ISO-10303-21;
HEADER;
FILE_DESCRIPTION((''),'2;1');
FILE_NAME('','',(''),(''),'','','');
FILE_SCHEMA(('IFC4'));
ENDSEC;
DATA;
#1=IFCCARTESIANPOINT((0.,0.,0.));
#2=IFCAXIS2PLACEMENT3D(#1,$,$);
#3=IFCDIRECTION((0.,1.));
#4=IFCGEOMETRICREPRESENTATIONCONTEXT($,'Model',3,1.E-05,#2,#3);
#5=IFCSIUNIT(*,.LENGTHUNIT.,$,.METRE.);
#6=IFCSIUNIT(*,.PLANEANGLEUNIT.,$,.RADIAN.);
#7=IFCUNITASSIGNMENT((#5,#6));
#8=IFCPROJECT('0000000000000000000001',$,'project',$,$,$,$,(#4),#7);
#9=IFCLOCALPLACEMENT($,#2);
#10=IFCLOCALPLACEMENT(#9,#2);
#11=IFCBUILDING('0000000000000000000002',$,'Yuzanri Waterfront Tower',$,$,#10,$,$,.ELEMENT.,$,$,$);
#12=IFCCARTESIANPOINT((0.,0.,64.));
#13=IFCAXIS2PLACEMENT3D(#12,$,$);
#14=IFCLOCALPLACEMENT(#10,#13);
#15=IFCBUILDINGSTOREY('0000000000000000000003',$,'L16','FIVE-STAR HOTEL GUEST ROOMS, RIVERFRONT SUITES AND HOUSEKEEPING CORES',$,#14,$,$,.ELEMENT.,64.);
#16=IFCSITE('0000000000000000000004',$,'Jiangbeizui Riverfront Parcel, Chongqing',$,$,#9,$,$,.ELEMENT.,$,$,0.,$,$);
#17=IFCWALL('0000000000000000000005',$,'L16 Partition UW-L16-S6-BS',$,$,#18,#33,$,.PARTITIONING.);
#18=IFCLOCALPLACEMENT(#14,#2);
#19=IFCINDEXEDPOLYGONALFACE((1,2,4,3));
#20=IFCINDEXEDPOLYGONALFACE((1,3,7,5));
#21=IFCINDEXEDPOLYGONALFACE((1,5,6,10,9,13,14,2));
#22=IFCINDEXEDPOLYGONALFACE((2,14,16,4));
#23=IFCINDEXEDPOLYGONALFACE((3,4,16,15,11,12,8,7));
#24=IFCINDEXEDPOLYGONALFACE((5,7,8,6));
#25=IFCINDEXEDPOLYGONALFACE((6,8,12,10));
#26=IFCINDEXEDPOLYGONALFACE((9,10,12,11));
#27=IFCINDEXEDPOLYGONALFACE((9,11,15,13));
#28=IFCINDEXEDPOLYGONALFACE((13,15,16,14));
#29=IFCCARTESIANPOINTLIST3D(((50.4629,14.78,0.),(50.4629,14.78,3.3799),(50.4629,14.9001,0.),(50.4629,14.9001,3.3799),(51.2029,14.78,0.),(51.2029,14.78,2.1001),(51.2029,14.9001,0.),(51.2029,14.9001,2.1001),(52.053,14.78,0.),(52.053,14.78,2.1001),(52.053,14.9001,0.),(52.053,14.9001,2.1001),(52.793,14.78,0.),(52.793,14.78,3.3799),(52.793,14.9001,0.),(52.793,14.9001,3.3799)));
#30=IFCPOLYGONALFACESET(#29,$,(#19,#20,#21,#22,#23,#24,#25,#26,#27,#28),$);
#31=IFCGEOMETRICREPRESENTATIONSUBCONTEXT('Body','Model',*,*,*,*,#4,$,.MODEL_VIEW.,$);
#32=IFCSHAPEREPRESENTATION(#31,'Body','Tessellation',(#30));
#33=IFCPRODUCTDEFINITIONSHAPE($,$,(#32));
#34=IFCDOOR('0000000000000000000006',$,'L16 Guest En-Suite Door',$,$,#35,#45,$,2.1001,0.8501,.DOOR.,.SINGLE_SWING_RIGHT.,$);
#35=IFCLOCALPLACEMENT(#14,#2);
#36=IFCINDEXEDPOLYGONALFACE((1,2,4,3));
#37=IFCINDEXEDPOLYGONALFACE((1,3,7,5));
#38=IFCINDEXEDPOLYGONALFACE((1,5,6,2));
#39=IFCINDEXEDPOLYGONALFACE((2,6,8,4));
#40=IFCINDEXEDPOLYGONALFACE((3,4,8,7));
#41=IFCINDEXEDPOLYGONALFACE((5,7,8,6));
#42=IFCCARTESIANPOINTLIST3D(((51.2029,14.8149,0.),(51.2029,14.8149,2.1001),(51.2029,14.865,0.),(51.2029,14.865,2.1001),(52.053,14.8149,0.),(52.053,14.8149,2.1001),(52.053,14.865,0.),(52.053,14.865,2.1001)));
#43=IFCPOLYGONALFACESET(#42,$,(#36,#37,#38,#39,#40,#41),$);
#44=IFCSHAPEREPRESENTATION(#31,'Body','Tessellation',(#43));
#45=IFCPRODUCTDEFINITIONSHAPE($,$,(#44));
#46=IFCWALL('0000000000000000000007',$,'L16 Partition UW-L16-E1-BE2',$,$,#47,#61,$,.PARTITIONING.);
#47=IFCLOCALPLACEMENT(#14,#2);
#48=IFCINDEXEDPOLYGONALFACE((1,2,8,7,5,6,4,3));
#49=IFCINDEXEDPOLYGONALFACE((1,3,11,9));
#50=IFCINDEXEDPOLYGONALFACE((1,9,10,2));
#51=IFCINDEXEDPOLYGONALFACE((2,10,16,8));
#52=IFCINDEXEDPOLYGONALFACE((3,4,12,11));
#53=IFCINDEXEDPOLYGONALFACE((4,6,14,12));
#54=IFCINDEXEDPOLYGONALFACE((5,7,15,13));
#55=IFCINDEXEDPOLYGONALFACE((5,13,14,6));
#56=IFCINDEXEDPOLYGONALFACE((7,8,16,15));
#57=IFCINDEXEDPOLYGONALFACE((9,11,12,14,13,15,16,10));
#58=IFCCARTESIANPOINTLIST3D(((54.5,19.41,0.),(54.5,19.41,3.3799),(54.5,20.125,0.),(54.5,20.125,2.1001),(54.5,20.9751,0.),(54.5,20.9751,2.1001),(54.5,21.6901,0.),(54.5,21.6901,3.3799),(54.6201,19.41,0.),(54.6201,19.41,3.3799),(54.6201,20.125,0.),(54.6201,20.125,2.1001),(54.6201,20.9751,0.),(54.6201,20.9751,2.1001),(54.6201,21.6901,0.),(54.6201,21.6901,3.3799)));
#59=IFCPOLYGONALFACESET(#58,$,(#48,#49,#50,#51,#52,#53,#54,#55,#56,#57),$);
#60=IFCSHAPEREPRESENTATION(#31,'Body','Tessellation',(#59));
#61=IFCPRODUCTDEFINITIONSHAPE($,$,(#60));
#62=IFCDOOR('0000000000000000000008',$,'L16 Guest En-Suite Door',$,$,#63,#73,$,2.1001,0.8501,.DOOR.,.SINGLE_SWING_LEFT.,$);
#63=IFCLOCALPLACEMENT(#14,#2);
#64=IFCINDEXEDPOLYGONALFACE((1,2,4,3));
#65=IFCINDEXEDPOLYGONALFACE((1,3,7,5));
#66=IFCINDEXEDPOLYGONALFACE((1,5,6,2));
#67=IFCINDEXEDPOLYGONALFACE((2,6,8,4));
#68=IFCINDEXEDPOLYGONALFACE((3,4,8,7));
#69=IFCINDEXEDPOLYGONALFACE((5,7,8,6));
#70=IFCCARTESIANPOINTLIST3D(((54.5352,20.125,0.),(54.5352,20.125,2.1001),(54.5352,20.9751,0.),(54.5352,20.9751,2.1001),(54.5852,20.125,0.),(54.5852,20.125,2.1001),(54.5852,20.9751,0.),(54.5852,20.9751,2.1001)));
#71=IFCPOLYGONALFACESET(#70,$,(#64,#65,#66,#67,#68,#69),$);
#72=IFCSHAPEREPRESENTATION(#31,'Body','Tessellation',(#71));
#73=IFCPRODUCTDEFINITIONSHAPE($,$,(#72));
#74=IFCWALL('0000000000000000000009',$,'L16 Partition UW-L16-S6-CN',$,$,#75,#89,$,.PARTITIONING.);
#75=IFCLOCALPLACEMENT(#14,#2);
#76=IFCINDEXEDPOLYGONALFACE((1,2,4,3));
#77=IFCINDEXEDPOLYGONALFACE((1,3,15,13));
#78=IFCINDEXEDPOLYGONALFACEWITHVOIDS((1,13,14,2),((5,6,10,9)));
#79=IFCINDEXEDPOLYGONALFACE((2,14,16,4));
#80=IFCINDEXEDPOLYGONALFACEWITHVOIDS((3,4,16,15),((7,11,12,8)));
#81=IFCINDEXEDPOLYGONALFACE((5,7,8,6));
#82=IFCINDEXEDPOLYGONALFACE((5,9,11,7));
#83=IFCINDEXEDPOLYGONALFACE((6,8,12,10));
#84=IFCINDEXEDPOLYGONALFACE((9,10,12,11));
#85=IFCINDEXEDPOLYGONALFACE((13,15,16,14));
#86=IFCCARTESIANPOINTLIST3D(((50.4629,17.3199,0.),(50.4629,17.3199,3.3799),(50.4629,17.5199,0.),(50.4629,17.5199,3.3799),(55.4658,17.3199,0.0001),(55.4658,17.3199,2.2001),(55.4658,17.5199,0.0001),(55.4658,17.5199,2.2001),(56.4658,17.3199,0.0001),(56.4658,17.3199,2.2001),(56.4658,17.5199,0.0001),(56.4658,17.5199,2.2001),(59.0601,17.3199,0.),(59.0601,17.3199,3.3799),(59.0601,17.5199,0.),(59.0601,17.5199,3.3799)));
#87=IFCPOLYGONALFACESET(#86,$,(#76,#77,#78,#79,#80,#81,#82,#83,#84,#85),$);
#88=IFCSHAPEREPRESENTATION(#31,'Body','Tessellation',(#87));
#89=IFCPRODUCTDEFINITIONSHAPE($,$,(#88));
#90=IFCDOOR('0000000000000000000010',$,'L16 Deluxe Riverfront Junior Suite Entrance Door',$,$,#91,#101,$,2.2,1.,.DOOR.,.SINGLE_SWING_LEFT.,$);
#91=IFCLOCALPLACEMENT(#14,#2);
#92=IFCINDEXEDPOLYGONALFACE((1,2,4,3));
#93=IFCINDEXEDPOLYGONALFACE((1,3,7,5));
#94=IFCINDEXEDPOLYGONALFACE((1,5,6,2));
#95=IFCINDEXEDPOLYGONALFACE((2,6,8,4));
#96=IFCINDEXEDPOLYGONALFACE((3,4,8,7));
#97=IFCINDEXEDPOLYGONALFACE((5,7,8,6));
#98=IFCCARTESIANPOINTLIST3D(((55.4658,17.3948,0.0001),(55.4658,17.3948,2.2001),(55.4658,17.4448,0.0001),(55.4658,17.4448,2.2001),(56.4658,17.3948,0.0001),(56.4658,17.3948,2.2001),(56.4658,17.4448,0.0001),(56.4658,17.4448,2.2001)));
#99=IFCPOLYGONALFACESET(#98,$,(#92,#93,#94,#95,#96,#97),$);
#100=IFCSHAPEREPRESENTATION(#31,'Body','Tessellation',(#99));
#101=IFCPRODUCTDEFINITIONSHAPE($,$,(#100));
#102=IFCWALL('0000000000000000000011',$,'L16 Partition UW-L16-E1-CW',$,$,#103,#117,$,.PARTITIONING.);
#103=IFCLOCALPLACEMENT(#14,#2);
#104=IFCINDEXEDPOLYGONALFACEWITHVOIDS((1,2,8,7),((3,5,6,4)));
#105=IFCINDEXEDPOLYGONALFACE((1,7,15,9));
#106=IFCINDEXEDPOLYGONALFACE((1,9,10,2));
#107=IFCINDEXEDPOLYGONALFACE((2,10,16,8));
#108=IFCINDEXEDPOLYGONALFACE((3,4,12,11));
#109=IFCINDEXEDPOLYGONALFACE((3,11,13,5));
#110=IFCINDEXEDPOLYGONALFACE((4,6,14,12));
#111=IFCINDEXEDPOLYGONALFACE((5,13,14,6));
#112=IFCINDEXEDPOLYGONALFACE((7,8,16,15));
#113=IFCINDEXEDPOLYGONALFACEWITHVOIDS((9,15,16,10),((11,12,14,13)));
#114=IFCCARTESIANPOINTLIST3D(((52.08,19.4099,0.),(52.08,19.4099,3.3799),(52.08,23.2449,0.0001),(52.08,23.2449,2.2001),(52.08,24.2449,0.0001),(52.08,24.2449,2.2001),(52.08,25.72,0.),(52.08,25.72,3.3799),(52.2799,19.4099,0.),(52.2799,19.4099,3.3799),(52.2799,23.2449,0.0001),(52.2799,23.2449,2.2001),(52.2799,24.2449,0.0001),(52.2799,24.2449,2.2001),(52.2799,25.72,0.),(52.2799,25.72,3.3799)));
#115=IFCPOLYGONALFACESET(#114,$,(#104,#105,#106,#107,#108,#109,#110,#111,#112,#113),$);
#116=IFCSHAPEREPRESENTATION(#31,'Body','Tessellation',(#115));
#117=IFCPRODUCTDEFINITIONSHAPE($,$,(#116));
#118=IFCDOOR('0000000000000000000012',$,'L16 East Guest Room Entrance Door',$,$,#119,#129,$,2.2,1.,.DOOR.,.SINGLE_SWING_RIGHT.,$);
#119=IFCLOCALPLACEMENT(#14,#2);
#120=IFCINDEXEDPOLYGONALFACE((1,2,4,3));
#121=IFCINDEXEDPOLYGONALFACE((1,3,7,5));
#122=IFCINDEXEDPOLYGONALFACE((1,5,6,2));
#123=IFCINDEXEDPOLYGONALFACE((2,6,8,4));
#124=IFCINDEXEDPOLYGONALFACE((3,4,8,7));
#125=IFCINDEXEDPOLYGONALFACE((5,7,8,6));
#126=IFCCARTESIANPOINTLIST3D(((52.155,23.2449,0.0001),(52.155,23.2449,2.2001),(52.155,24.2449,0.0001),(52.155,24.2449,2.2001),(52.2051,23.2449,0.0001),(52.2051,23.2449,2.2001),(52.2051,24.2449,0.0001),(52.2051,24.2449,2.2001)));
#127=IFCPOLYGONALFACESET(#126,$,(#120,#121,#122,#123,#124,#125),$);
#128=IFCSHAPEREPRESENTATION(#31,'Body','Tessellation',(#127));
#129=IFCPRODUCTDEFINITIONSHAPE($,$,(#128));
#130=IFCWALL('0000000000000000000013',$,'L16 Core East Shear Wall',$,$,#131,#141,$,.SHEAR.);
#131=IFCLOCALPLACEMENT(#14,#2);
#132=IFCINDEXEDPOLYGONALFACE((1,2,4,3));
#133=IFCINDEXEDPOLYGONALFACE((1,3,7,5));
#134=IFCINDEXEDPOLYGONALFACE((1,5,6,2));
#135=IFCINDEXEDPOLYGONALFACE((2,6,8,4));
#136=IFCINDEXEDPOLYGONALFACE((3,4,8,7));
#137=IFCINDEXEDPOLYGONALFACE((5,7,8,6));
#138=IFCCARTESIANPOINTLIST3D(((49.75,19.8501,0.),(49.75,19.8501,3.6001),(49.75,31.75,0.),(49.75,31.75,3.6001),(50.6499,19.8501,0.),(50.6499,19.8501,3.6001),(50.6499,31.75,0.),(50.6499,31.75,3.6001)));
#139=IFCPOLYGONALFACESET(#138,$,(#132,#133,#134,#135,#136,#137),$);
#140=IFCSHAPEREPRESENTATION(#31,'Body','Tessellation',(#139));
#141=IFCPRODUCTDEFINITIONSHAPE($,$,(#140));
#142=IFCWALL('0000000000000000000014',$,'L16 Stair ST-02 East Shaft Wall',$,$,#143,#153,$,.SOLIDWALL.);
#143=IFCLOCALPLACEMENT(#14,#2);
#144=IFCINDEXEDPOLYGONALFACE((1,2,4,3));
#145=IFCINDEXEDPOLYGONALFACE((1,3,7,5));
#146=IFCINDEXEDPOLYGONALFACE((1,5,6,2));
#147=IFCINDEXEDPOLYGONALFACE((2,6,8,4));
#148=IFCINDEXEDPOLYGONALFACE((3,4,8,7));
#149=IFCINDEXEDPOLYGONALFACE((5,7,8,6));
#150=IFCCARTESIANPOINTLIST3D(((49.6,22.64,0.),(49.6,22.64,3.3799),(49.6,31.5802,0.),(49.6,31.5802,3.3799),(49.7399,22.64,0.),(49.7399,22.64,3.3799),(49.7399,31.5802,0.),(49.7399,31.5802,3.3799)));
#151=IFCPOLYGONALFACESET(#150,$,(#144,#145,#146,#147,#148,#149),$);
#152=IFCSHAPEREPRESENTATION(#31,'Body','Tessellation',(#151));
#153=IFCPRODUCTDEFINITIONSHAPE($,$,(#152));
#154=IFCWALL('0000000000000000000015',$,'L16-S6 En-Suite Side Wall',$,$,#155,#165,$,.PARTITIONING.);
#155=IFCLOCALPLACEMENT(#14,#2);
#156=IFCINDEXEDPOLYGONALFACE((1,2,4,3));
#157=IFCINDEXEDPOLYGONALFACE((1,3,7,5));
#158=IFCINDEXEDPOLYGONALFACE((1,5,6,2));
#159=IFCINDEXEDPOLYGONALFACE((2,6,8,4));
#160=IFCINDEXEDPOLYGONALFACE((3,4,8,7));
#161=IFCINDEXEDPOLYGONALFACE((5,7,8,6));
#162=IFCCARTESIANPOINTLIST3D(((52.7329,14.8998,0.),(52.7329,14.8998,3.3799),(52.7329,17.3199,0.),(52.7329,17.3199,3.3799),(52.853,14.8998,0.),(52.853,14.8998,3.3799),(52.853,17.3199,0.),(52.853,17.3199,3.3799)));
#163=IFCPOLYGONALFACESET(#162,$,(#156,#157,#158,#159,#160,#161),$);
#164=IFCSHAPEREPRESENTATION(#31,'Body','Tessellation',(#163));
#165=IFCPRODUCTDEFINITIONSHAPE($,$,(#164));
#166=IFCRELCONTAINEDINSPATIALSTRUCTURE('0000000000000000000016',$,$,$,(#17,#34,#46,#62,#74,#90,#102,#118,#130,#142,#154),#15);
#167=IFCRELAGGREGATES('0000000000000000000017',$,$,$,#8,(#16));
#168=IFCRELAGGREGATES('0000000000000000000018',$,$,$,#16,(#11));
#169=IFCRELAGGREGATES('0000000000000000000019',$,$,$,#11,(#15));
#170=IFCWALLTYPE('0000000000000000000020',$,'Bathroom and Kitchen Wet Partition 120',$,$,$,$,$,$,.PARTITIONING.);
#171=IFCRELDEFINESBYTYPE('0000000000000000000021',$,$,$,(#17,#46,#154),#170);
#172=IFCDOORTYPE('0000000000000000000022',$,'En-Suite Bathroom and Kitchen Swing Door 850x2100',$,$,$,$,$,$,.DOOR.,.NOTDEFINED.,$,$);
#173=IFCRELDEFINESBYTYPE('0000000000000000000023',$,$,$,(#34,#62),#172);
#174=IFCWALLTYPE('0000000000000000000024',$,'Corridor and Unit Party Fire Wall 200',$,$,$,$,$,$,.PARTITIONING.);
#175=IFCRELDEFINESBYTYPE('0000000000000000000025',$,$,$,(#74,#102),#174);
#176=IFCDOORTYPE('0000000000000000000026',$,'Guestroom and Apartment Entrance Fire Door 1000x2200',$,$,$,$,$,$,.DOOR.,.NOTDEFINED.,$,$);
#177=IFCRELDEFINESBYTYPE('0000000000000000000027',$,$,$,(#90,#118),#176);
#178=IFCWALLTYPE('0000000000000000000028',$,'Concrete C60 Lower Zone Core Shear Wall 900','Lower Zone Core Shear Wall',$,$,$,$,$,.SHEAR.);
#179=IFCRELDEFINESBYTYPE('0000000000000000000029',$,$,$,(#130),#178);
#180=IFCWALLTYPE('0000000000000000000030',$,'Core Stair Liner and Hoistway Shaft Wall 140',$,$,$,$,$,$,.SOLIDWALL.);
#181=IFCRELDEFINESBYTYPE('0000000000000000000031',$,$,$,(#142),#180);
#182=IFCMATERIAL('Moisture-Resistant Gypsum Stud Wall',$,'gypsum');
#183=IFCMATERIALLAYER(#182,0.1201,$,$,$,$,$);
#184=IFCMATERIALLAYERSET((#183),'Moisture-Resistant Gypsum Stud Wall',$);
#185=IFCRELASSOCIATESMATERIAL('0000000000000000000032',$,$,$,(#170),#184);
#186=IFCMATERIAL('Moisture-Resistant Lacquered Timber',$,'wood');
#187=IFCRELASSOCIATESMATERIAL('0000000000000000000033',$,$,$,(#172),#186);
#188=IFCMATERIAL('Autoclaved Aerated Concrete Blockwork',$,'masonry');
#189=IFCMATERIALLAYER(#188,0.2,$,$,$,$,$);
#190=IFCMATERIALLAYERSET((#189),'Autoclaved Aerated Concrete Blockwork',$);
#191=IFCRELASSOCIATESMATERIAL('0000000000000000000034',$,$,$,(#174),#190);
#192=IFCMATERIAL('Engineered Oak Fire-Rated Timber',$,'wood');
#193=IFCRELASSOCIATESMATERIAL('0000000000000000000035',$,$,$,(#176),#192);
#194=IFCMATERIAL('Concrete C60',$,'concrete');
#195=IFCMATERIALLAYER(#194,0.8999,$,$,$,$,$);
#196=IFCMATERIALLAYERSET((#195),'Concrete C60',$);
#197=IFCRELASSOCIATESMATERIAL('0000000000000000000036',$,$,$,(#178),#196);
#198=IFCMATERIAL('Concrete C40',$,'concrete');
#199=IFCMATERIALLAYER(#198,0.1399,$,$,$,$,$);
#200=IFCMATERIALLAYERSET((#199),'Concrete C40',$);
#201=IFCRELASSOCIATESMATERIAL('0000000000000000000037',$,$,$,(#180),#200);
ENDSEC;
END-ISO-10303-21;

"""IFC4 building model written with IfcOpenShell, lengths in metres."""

from ifc_helpers import new_model, si_unit, direction, frame, frame_2d, origin, place, context, subcontext, project, spatial, rectangle, extrude, source, transform, mapped, material, layer, layer_set, type_object, element, fill, save


model = new_model("IFC4")

# Units and contexts
model_context = context("Model", 3, precision=1e-05, world=origin(), true_north=direction((0.0, 1.0)))
body_context = subcontext(model_context, "Body", "Model", "MODEL_VIEW")
ifc_project = project(units=[si_unit("LENGTHUNIT", "METRE"), si_unit("PLANEANGLEUNIT", "RADIAN")], contexts=[model_context])

# Site, building, storey
site_placement = place(None, origin())
site = spatial("IfcSite", under=ifc_project, at=site_placement, Name="Jiangbeizui Riverfront Parcel, Chongqing", CompositionType="ELEMENT", RefElevation=0.0)
building_placement = place(site_placement, origin())
building = spatial("IfcBuilding", under=site, at=building_placement, Name="Yuzanri Waterfront Tower", CompositionType="ELEMENT")
storey_placement = place(building_placement, frame((0.0, 0.0, 64.0)))
storey = spatial("IfcBuildingStorey", under=building, at=storey_placement, Name="L16", Description="FIVE-STAR HOTEL GUEST ROOMS, RIVERFRONT SUITES AND HOUSEKEEPING CORES", CompositionType="ELEMENT", Elevation=64.0)

# Walls, openings, doors
ifc_material_1 = material(Name="Moisture-Resistant Gypsum Stud Wall", Category="gypsum")
ifc_layer_1 = layer(ifc_material_1, 0.1201)
ifc_layer_set_1 = layer_set([ifc_layer_1], Name="Moisture-Resistant Gypsum Stud Wall")
wall_type_1 = type_object("IfcWallType", Name="Bathroom and Kitchen Wet Partition 120", PredefinedType="PARTITIONING", material=ifc_layer_set_1)
wall_1_placement = place(storey_placement, frame((50.4629, 14.8401, 0.0), z_axis=(0.0, 0.0, 1.0), x_axis=(1.0, 0.0, 0.0)))
wall_1 = element("IfcWall", 1, at=wall_1_placement, inside=storey, type_object=wall_type_1, Name="L16 Partition UW-L16-S6-BS", PredefinedType="PARTITIONING", context=body_context, shape_type="SweptSolid", body=[
    extrude(rectangle(XDim=2.3301, YDim=0.1201, at=frame_2d((1.165, 0.0))), origin(), (0.0, 0.0, 1.0), 3.3799),
])
opening_1_placement = place(wall_1_placement, frame((0.74, 0.0, 0.0)))
opening_1 = element("IfcOpeningElement", 2, at=opening_1_placement, cuts=wall_1, PredefinedType="OPENING", context=body_context, shape_type="SweptSolid", body=[
    extrude(rectangle(XDim=0.8501, YDim=2.1001, at=frame_2d((0.425, 1.05))), frame((0.0, 0.075, 0.0), z_axis=(0.0, -1.0, 0.0), x_axis=(1.0, 0.0, 0.0)), (0.0, 0.0, 1.0), 0.1499),
])
ifc_material_2 = material(Name="Moisture-Resistant Lacquered Timber", Category="wood")
door_type_1 = type_object("IfcDoorType", Name="En-Suite Bathroom and Kitchen Swing Door 850x2100", OperationType="NOTDEFINED", PredefinedType="DOOR", material=ifc_material_2)
shared_shape_1 = source(origin(), body_context, "Body", "SweptSolid", [
    extrude(rectangle(XDim=0.8501, YDim=2.1001, at=frame_2d((0.425, 1.05))), frame((0.0, 0.0249, 0.0), z_axis=(0.0, -1.0, 0.0), x_axis=(1.0, 0.0, 0.0)), (0.0, 0.0, 1.0), 0.05),
])
door_1_placement = place(opening_1_placement, origin())
door_1 = element("IfcDoor", 3, at=door_1_placement, inside=storey, type_object=door_type_1, Name="L16 Guest En-Suite Door", OperationType="SINGLE_SWING_RIGHT", OverallHeight=2.1001, OverallWidth=0.8501, PredefinedType="DOOR", context=body_context, shape_type="MappedRepresentation", body=[
    mapped(shared_shape_1, transform((0.0, 0.0, 0.0), scale=1.0)),
])
fill(opening_1, door_1)
wall_2_placement = place(storey_placement, frame((54.5601, 19.4099, 0.0), z_axis=(0.0, 0.0, 1.0), x_axis=(0.0, 1.0, 0.0)))
wall_2 = element("IfcWall", 4, at=wall_2_placement, inside=storey, type_object=wall_type_1, Name="L16 Partition UW-L16-E1-BE2", PredefinedType="PARTITIONING", context=body_context, shape_type="SweptSolid", body=[
    extrude(rectangle(XDim=2.28, YDim=0.1201, at=frame_2d((1.1401, 0.0))), origin(), (0.0, 0.0, 1.0), 3.3799),
])
opening_2_placement = place(wall_2_placement, frame((0.7151, 0.0, 0.0)))
opening_2 = element("IfcOpeningElement", 5, at=opening_2_placement, cuts=wall_2, PredefinedType="OPENING", context=body_context, shape_type="SweptSolid", body=[
    extrude(rectangle(XDim=0.8501, YDim=2.1001, at=frame_2d((0.425, 1.05))), frame((0.0, 0.075, 0.0), z_axis=(0.0, -1.0, 0.0), x_axis=(1.0, 0.0, 0.0)), (0.0, 0.0, 1.0), 0.1499),
])
door_2_placement = place(opening_2_placement, origin())
door_2 = element("IfcDoor", 6, at=door_2_placement, inside=storey, type_object=door_type_1, Name="L16 Guest En-Suite Door", OperationType="SINGLE_SWING_LEFT", OverallHeight=2.1001, OverallWidth=0.8501, PredefinedType="DOOR", context=body_context, shape_type="MappedRepresentation", body=[
    mapped(shared_shape_1, transform((0.0, 0.0, 0.0), scale=1.0)),
])
fill(opening_2, door_2)
ifc_material_3 = material(Name="Autoclaved Aerated Concrete Blockwork", Category="masonry")
ifc_layer_2 = layer(ifc_material_3, 0.2)
ifc_layer_set_2 = layer_set([ifc_layer_2], Name="Autoclaved Aerated Concrete Blockwork")
wall_type_2 = type_object("IfcWallType", Name="Corridor and Unit Party Fire Wall 200", PredefinedType="PARTITIONING", material=ifc_layer_set_2)
wall_3_placement = place(storey_placement, frame((50.4629, 17.4199, 0.0), z_axis=(0.0, 0.0, 1.0), x_axis=(1.0, 0.0, 0.0)))
wall_3 = element("IfcWall", 7, at=wall_3_placement, inside=storey, type_object=wall_type_2, Name="L16 Partition UW-L16-S6-CN", PredefinedType="PARTITIONING", context=body_context, shape_type="SweptSolid", body=[
    extrude(rectangle(XDim=8.5972, YDim=0.2, at=frame_2d((4.2986, 0.0))), origin(), (0.0, 0.0, 1.0), 3.3799),
])
opening_3_placement = place(wall_3_placement, frame((5.0029, 0.0, 0.0)))
opening_3 = element("IfcOpeningElement", 8, at=opening_3_placement, cuts=wall_3, PredefinedType="OPENING", context=body_context, shape_type="SweptSolid", body=[
    extrude(rectangle(XDim=1.0, YDim=2.2, at=frame_2d((0.5, 1.1001))), frame((0.0, 0.1147, 0.0), z_axis=(0.0, -1.0, 0.0), x_axis=(1.0, 0.0, 0.0)), (0.0, 0.0, 1.0), 0.2297),
])
ifc_material_4 = material(Name="Engineered Oak Fire-Rated Timber", Category="wood")
door_type_2 = type_object("IfcDoorType", Name="Guestroom and Apartment Entrance Fire Door 1000x2200", OperationType="NOTDEFINED", PredefinedType="DOOR", material=ifc_material_4)
shared_shape_2 = source(origin(), body_context, "Body", "SweptSolid", [
    extrude(rectangle(XDim=1.0, YDim=2.2, at=frame_2d((0.5, 1.1001))), frame((0.0, 0.0249, 0.0), z_axis=(0.0, -1.0, 0.0), x_axis=(1.0, 0.0, 0.0)), (0.0, 0.0, 1.0), 0.05),
])
door_3_placement = place(opening_3_placement, origin())
door_3 = element("IfcDoor", 9, at=door_3_placement, inside=storey, type_object=door_type_2, Name="L16 Deluxe Riverfront Junior Suite Entrance Door", OperationType="SINGLE_SWING_LEFT", OverallHeight=2.2, OverallWidth=1.0, PredefinedType="DOOR", context=body_context, shape_type="MappedRepresentation", body=[
    mapped(shared_shape_2, transform((0.0, 0.0, 0.0), scale=1.0)),
])
fill(opening_3, door_3)
wall_4_placement = place(storey_placement, frame((52.1799, 19.4099, 0.0), z_axis=(0.0, 0.0, 1.0), x_axis=(0.0, 1.0, 0.0)))
wall_4 = element("IfcWall", 10, at=wall_4_placement, inside=storey, type_object=wall_type_2, Name="L16 Partition UW-L16-E1-CW", PredefinedType="PARTITIONING", context=body_context, shape_type="SweptSolid", body=[
    extrude(rectangle(XDim=6.3101, YDim=0.2, at=frame_2d((3.155, 0.0))), origin(), (0.0, 0.0, 1.0), 3.3799),
])
opening_4_placement = place(wall_4_placement, frame((3.835, 0.0, 0.0)))
opening_4 = element("IfcOpeningElement", 11, at=opening_4_placement, cuts=wall_4, PredefinedType="OPENING", context=body_context, shape_type="SweptSolid", body=[
    extrude(rectangle(XDim=1.0, YDim=2.2, at=frame_2d((0.5, 1.1001))), frame((0.0, 0.1147, 0.0), z_axis=(0.0, -1.0, 0.0), x_axis=(1.0, 0.0, 0.0)), (0.0, 0.0, 1.0), 0.2297),
])
door_4_placement = place(opening_4_placement, origin())
door_4 = element("IfcDoor", 12, at=door_4_placement, inside=storey, type_object=door_type_2, Name="L16 East Guest Room Entrance Door", OperationType="SINGLE_SWING_RIGHT", OverallHeight=2.2, OverallWidth=1.0, PredefinedType="DOOR", context=body_context, shape_type="MappedRepresentation", body=[
    mapped(shared_shape_2, transform((0.0, 0.0, 0.0), scale=1.0)),
])
fill(opening_4, door_4)

# Walls
ifc_material_5 = material(Name="Concrete C60", Category="concrete")
ifc_layer_3 = layer(ifc_material_5, 0.8999)
ifc_layer_set_3 = layer_set([ifc_layer_3], Name="Concrete C60")
wall_type_3 = type_object("IfcWallType", Name="Concrete C60 Lower Zone Core Shear Wall 900", Description="Lower Zone Core Shear Wall", PredefinedType="SHEAR", material=ifc_layer_set_3)
shared_shape_3 = source(origin(), body_context, "Body", "SweptSolid", [
    extrude(rectangle(XDim=11.8999, YDim=0.8999, at=frame_2d((5.95, 0.0))), origin(), (0.0, 0.0, 1.0), 3.6001),
])
wall_5_placement = place(storey_placement, frame((50.2, 19.8501, 0.0), z_axis=(0.0, 0.0, 1.0), x_axis=(0.0, 1.0, 0.0)))
element("IfcWall", 13, at=wall_5_placement, inside=storey, type_object=wall_type_3, Name="L16 Core East Shear Wall", PredefinedType="SHEAR", context=body_context, shape_type="MappedRepresentation", body=[
    mapped(shared_shape_3, transform((0.0, 0.0, 0.0), scale=1.0)),
])
ifc_material_6 = material(Name="Concrete C40", Category="concrete")
ifc_layer_4 = layer(ifc_material_6, 0.1399)
ifc_layer_set_4 = layer_set([ifc_layer_4], Name="Concrete C40")
wall_type_4 = type_object("IfcWallType", Name="Core Stair Liner and Hoistway Shaft Wall 140", PredefinedType="SOLIDWALL", material=ifc_layer_set_4)
shared_shape_4 = source(origin(), body_context, "Body", "SweptSolid", [
    extrude(rectangle(XDim=8.9402, YDim=0.1399, at=frame_2d((4.4702, 0.0))), origin(), (0.0, 0.0, 1.0), 3.3799),
])
wall_6_placement = place(storey_placement, frame((49.6699, 22.6399, 0.0), z_axis=(0.0, 0.0, 1.0), x_axis=(0.0, 1.0, 0.0)))
element("IfcWall", 14, at=wall_6_placement, inside=storey, type_object=wall_type_4, Name="L16 Stair ST-02 East Shaft Wall", PredefinedType="SOLIDWALL", context=body_context, shape_type="MappedRepresentation", body=[
    mapped(shared_shape_4, transform((0.0, 0.0, 0.0), scale=1.0)),
])
shared_shape_5 = source(origin(), body_context, "Body", "SweptSolid", [
    extrude(rectangle(XDim=2.4202, YDim=0.1201, at=frame_2d((1.21, 0.0))), origin(), (0.0, 0.0, 1.0), 3.3799),
])
wall_7_placement = place(storey_placement, frame((52.793, 14.8999, 0.0), z_axis=(0.0, 0.0, 1.0), x_axis=(0.0, 1.0, 0.0)))
element("IfcWall", 15, at=wall_7_placement, inside=storey, type_object=wall_type_1, Name="L16-S6 En-Suite Side Wall", PredefinedType="PARTITIONING", context=body_context, shape_type="MappedRepresentation", body=[
    mapped(shared_shape_5, transform((0.0, 0.0, 0.0), scale=1.0)),
])

save(model, "model.ifc")
